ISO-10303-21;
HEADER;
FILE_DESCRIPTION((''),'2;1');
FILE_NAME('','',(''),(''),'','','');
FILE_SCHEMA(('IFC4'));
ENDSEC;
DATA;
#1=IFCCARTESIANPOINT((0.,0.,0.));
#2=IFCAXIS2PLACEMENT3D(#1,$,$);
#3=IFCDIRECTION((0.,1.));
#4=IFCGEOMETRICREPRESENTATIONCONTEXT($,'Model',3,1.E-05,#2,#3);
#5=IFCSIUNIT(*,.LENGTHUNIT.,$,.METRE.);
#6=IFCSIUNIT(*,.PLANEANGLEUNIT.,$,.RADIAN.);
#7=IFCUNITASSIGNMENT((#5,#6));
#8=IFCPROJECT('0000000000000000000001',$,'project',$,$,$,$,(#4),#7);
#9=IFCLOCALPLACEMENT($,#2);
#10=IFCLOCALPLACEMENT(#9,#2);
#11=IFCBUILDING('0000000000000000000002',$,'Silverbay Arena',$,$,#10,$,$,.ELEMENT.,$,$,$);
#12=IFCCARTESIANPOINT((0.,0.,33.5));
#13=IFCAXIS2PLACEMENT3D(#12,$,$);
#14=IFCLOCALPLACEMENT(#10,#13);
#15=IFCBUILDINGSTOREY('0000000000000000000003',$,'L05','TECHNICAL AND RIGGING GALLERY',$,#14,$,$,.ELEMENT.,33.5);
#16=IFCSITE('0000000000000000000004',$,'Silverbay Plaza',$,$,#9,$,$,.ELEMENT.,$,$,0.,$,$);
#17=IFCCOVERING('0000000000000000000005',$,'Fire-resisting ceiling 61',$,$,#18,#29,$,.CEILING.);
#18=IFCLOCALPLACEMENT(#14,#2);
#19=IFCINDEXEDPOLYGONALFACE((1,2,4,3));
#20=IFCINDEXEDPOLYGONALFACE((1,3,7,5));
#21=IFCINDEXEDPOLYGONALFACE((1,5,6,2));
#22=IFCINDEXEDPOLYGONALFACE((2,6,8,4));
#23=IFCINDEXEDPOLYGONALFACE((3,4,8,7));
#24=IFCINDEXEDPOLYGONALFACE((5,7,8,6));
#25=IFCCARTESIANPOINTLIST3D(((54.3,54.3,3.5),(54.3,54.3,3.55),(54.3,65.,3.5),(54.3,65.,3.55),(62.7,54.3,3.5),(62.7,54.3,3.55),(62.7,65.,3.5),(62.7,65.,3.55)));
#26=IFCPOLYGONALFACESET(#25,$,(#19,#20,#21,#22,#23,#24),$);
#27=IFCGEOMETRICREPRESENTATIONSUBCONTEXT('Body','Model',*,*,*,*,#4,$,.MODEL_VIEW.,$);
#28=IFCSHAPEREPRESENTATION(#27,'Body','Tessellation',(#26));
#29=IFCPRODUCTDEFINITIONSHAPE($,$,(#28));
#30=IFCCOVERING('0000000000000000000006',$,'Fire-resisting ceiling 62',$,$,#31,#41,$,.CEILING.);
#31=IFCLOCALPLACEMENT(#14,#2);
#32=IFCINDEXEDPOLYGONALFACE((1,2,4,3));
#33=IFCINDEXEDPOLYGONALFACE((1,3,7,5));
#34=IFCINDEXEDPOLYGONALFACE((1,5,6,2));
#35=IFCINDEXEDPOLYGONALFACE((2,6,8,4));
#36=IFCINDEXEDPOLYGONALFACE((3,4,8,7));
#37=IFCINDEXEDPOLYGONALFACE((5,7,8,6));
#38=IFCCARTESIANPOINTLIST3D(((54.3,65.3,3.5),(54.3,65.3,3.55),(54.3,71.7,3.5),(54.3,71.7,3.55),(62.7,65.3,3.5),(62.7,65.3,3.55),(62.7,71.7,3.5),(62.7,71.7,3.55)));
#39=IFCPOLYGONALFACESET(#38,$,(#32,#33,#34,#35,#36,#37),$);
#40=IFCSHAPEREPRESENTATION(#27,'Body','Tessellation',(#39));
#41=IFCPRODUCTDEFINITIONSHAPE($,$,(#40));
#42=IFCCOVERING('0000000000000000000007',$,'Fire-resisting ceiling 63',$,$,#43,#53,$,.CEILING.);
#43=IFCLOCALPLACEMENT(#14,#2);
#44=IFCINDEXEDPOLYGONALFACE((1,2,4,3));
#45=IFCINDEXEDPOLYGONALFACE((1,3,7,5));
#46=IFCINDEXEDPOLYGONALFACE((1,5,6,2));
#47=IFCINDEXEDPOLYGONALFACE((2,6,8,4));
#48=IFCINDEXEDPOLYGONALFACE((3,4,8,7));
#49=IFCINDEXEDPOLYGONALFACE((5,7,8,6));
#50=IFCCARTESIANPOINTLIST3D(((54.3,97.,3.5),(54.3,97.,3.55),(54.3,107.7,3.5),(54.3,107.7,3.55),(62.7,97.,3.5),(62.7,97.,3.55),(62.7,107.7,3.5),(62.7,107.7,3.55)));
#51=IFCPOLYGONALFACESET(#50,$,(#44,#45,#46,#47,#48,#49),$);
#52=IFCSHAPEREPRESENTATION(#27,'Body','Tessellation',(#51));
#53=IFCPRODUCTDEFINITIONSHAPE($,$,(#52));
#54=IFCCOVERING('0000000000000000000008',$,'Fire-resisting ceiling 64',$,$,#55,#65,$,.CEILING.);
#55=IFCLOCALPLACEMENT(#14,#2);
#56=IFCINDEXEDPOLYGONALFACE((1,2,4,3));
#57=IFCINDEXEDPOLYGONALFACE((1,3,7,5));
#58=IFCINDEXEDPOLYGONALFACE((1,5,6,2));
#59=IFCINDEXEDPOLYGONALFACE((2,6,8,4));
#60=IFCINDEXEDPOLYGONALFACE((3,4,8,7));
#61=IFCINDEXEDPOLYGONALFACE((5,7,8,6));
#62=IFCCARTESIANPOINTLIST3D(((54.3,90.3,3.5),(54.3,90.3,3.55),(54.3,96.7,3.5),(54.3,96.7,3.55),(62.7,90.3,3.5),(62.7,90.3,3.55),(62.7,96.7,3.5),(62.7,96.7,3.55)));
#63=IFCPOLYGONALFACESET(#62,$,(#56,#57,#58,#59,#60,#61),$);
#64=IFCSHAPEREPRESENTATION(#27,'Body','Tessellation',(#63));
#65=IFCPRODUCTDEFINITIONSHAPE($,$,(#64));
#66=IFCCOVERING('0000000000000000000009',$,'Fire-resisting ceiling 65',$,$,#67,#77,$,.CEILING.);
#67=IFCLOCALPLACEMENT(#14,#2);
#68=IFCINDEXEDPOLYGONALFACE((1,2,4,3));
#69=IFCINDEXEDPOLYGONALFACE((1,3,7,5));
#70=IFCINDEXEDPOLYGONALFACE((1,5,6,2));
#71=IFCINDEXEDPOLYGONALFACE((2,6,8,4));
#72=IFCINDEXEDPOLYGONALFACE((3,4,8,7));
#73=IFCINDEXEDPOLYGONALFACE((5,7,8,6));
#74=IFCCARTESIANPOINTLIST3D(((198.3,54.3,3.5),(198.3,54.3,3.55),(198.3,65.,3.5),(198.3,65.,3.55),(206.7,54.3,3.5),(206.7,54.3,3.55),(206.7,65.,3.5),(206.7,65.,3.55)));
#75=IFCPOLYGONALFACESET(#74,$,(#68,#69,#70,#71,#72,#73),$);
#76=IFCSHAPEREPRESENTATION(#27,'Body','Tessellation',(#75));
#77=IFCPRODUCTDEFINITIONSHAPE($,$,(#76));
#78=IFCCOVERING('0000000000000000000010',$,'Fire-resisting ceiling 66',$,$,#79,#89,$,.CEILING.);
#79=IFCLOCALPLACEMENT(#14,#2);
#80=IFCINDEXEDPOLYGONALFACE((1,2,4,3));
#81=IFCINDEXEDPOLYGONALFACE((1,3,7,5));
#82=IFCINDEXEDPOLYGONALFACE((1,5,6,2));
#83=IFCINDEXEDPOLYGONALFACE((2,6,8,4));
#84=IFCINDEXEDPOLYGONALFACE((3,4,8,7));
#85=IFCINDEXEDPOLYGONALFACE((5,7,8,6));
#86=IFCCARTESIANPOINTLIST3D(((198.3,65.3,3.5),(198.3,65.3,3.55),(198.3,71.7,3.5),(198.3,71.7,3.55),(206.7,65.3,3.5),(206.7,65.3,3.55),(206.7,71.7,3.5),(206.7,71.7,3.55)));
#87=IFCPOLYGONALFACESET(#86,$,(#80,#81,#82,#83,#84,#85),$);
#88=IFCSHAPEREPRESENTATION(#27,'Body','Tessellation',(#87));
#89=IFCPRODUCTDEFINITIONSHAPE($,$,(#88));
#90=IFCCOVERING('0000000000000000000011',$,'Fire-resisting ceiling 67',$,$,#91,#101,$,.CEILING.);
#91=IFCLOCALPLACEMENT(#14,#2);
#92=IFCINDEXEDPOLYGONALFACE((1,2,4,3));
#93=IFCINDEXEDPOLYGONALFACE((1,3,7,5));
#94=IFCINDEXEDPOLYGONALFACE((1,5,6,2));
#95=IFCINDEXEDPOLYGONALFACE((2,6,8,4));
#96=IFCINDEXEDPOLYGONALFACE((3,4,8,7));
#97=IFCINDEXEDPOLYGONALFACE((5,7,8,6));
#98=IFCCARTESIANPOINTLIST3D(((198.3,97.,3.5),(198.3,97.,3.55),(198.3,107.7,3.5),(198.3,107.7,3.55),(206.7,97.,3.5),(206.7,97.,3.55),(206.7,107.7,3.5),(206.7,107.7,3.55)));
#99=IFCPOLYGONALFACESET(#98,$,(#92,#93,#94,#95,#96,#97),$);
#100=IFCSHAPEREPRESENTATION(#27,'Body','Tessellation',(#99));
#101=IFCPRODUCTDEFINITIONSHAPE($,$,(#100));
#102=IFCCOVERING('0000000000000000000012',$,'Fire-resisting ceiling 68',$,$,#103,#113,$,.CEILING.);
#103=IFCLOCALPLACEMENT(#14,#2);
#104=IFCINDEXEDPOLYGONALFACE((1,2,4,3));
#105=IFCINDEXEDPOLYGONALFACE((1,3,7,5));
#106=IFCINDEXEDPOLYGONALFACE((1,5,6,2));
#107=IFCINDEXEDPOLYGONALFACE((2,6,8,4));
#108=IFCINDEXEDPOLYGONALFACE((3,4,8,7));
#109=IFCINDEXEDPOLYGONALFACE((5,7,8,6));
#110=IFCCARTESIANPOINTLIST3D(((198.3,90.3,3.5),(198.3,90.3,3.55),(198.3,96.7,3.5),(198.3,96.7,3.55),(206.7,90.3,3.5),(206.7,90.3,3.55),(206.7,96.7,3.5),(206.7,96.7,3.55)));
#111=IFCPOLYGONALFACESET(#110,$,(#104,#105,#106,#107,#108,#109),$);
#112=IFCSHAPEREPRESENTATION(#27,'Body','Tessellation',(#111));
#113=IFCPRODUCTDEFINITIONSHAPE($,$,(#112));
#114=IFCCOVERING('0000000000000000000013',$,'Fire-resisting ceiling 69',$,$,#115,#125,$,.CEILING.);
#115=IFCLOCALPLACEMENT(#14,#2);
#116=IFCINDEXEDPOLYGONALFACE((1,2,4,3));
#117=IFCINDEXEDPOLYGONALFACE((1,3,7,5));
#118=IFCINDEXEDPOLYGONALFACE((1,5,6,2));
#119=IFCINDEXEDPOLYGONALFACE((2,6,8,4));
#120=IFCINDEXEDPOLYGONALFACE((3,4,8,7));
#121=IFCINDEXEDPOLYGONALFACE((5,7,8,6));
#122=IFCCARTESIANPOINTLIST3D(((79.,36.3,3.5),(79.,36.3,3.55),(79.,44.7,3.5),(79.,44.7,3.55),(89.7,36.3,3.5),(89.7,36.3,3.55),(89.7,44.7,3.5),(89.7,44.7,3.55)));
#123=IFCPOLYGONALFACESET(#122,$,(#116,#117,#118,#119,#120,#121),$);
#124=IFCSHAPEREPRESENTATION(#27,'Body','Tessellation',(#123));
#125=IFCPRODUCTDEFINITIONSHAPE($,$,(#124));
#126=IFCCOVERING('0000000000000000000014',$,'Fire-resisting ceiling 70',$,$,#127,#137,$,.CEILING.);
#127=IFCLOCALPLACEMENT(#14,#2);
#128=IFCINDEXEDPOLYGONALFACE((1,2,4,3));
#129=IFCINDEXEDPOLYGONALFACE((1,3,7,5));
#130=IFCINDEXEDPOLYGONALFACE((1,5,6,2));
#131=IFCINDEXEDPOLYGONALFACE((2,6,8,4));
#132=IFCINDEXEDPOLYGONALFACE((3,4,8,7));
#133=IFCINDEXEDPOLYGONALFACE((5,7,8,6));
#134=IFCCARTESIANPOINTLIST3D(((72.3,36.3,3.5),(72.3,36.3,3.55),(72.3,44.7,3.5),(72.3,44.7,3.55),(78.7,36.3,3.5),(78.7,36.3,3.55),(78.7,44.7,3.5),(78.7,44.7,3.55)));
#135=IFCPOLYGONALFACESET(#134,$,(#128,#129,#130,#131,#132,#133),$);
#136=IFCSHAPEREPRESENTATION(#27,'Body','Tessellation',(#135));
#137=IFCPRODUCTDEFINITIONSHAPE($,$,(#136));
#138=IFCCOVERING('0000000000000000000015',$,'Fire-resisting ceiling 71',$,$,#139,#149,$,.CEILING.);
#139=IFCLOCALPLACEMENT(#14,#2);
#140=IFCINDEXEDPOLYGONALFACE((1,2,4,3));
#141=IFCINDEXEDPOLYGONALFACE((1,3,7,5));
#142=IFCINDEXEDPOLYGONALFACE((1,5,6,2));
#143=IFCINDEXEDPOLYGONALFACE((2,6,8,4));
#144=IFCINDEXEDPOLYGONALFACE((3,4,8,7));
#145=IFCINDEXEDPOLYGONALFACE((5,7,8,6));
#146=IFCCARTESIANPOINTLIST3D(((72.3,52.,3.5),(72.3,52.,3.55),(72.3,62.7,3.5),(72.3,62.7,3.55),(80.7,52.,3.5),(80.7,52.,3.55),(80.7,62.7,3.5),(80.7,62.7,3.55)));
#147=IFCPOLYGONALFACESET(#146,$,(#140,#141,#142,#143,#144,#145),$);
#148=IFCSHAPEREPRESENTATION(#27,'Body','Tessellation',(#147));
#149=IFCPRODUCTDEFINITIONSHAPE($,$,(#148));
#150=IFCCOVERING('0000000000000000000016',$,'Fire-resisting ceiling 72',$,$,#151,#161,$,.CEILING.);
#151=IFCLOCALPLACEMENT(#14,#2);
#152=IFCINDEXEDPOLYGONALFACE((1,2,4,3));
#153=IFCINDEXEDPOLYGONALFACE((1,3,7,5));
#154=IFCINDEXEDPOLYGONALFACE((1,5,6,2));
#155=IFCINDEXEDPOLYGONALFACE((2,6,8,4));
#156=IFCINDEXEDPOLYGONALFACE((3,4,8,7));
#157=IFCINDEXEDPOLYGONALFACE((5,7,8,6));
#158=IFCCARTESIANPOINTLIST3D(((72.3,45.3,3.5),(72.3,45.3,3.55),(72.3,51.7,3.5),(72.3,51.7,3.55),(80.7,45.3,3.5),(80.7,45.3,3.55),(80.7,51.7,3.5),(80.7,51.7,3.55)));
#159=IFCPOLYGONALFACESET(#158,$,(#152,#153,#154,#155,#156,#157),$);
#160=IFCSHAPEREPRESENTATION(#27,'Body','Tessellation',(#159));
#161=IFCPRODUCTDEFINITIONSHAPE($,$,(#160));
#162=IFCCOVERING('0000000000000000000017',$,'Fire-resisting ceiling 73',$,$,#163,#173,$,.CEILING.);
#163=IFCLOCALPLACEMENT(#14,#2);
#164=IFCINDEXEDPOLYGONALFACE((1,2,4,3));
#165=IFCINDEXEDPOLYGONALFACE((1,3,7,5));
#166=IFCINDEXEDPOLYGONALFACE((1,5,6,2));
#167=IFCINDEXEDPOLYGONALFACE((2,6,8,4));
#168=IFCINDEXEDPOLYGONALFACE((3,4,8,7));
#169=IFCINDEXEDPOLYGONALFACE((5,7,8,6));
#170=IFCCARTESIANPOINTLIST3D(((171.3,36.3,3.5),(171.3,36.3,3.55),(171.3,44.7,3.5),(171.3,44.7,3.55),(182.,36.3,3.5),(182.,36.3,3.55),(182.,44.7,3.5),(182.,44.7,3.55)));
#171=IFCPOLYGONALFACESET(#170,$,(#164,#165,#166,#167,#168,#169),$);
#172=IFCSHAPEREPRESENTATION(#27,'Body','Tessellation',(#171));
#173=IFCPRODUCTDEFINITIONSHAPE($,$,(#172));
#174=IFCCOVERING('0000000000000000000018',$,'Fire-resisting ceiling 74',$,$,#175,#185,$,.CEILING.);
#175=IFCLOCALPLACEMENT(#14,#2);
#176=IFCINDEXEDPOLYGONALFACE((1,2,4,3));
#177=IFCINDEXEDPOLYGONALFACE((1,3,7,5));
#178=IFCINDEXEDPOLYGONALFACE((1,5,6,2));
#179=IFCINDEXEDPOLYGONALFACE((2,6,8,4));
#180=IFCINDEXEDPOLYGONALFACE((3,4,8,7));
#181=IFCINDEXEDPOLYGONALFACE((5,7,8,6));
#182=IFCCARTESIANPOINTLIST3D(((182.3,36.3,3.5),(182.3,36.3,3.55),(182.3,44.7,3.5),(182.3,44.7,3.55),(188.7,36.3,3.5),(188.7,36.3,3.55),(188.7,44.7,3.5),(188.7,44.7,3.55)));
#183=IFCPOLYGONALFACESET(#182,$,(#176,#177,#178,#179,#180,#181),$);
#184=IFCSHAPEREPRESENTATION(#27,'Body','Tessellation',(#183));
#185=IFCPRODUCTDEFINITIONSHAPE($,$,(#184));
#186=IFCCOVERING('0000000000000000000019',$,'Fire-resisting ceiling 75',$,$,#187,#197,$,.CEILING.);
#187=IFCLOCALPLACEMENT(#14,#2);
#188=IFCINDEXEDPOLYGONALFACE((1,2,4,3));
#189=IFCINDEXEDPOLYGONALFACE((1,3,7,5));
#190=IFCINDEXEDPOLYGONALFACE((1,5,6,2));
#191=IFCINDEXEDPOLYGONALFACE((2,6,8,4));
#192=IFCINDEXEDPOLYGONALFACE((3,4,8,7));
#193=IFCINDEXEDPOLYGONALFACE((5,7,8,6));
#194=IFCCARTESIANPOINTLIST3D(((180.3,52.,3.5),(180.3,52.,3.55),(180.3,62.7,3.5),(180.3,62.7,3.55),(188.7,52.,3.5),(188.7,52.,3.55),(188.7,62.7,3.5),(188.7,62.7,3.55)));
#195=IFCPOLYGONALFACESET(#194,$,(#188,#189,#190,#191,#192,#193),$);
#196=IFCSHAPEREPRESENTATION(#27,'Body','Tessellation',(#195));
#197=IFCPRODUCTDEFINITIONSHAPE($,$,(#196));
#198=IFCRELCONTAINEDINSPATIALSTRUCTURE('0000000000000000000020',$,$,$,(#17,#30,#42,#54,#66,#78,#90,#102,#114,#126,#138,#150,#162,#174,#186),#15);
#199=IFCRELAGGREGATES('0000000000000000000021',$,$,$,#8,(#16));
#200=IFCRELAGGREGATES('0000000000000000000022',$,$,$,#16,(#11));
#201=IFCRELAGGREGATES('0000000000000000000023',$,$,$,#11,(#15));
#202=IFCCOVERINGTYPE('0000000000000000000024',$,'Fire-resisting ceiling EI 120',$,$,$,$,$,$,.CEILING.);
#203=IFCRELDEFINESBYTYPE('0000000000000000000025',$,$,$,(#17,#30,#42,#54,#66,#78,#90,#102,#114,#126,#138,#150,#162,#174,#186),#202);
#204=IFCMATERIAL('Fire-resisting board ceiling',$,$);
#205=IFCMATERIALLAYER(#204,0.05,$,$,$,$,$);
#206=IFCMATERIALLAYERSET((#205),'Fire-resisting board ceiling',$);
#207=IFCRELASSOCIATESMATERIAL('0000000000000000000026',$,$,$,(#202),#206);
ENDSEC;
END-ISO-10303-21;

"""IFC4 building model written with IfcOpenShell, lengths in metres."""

from ifc_helpers import new_model, si_unit, direction, frame, origin, place, context, subcontext, project, spatial, polyline, outline, extrude, material, layer, layer_set, type_object, element, save


model = new_model("IFC4")

# Units and contexts
model_context = context("Model", 3, precision=1e-05, world=origin(), true_north=direction((0.0, 1.0)))
body_context = subcontext(model_context, "Body", "Model", "MODEL_VIEW")
ifc_project = project(units=[si_unit("LENGTHUNIT", "METRE"), si_unit("PLANEANGLEUNIT", "RADIAN")], contexts=[model_context])

# Site, building, storey
site_placement = place(None, origin())
site = spatial("IfcSite", under=ifc_project, at=site_placement, Name="Silverbay Plaza", CompositionType="ELEMENT", RefElevation=0.0)
building_placement = place(site_placement, origin())
building = spatial("IfcBuilding", under=site, at=building_placement, Name="Silverbay Arena", CompositionType="ELEMENT")
storey_placement = place(building_placement, frame((0.0, 0.0, 33.5)))
storey = spatial("IfcBuildingStorey", under=building, at=storey_placement, Name="L05", Description="TECHNICAL AND RIGGING GALLERY", CompositionType="ELEMENT", Elevation=33.5)

# Coverings
ifc_material_1 = material(Name="Fire-resisting board ceiling")
ifc_layer_1 = layer(ifc_material_1, 0.05)
ifc_layer_set_1 = layer_set([ifc_layer_1], Name="Fire-resisting board ceiling")
covering_type = type_object("IfcCoveringType", Name="Fire-resisting ceiling EI 120", PredefinedType="CEILING", material=ifc_layer_set_1)
covering_1_placement = place(storey_placement, frame((0.0, 0.0, 3.5)))
element("IfcCovering", 1, at=covering_1_placement, inside=storey, type_object=covering_type, Name="Fire-resisting ceiling 61", PredefinedType="CEILING", context=body_context, shape_type="SweptSolid", body=[
    extrude(outline(polyline([(54.3, 54.3), (62.7, 54.3), (62.7, 65.0), (54.3, 65.0), (54.3, 54.3)])), origin(), (0.0, 0.0, 1.0), 0.05),
])
covering_2_placement = place(storey_placement, frame((0.0, 0.0, 3.5)))
element("IfcCovering", 2, at=covering_2_placement, inside=storey, type_object=covering_type, Name="Fire-resisting ceiling 62", PredefinedType="CEILING", context=body_context, shape_type="SweptSolid", body=[
    extrude(outline(polyline([(54.3, 65.3), (62.7, 65.3), (62.7, 71.7), (54.3, 71.7), (54.3, 65.3)])), origin(), (0.0, 0.0, 1.0), 0.05),
])
covering_3_placement = place(storey_placement, frame((0.0, 0.0, 3.5)))
element("IfcCovering", 3, at=covering_3_placement, inside=storey, type_object=covering_type, Name="Fire-resisting ceiling 63", PredefinedType="CEILING", context=body_context, shape_type="SweptSolid", body=[
    extrude(outline(polyline([(62.7, 97.0), (62.7, 107.7), (54.3, 107.7), (54.3, 97.0), (62.7, 97.0)])), origin(), (0.0, 0.0, 1.0), 0.05),
])
covering_4_placement = place(storey_placement, frame((0.0, 0.0, 3.5)))
element("IfcCovering", 4, at=covering_4_placement, inside=storey, type_object=covering_type, Name="Fire-resisting ceiling 64", PredefinedType="CEILING", context=body_context, shape_type="SweptSolid", body=[
    extrude(outline(polyline([(62.7, 90.3), (62.7, 96.7), (54.3, 96.7), (54.3, 90.3), (62.7, 90.3)])), origin(), (0.0, 0.0, 1.0), 0.05),
])
covering_5_placement = place(storey_placement, frame((0.0, 0.0, 3.5)))
element("IfcCovering", 5, at=covering_5_placement, inside=storey, type_object=covering_type, Name="Fire-resisting ceiling 65", PredefinedType="CEILING", context=body_context, shape_type="SweptSolid", body=[
    extrude(outline(polyline([(198.3, 54.3), (206.7, 54.3), (206.7, 65.0), (198.3, 65.0), (198.3, 54.3)])), origin(), (0.0, 0.0, 1.0), 0.05),
])
covering_6_placement = place(storey_placement, frame((0.0, 0.0, 3.5)))
element("IfcCovering", 6, at=covering_6_placement, inside=storey, type_object=covering_type, Name="Fire-resisting ceiling 66", PredefinedType="CEILING", context=body_context, shape_type="SweptSolid", body=[
    extrude(outline(polyline([(198.3, 65.3), (206.7, 65.3), (206.7, 71.7), (198.3, 71.7), (198.3, 65.3)])), origin(), (0.0, 0.0, 1.0), 0.05),
])
covering_7_placement = place(storey_placement, frame((0.0, 0.0, 3.5)))
element("IfcCovering", 7, at=covering_7_placement, inside=storey, type_object=covering_type, Name="Fire-resisting ceiling 67", PredefinedType="CEILING", context=body_context, shape_type="SweptSolid", body=[
    extrude(outline(polyline([(206.7, 97.0), (206.7, 107.7), (198.3, 107.7), (198.3, 97.0), (206.7, 97.0)])), origin(), (0.0, 0.0, 1.0), 0.05),
])
covering_8_placement = place(storey_placement, frame((0.0, 0.0, 3.5)))
element("IfcCovering", 8, at=covering_8_placement, inside=storey, type_object=covering_type, Name="Fire-resisting ceiling 68", PredefinedType="CEILING", context=body_context, shape_type="SweptSolid", body=[
    extrude(outline(polyline([(206.7, 90.3), (206.7, 96.7), (198.3, 96.7), (198.3, 90.3), (206.7, 90.3)])), origin(), (0.0, 0.0, 1.0), 0.05),
])
covering_9_placement = place(storey_placement, frame((0.0, 0.0, 3.5)))
element("IfcCovering", 9, at=covering_9_placement, inside=storey, type_object=covering_type, Name="Fire-resisting ceiling 69", PredefinedType="CEILING", context=body_context, shape_type="SweptSolid", body=[
    extrude(outline(polyline([(89.7, 36.3), (89.7, 44.7), (79.0, 44.7), (79.0, 36.3), (89.7, 36.3)])), origin(), (0.0, 0.0, 1.0), 0.05),
])
covering_10_placement = place(storey_placement, frame((0.0, 0.0, 3.5)))
element("IfcCovering", 10, at=covering_10_placement, inside=storey, type_object=covering_type, Name="Fire-resisting ceiling 70", PredefinedType="CEILING", context=body_context, shape_type="SweptSolid", body=[
    extrude(outline(polyline([(72.3, 36.3), (78.7, 36.3), (78.7, 44.7), (72.3, 44.7), (72.3, 36.3)])), origin(), (0.0, 0.0, 1.0), 0.05),
])
covering_11_placement = place(storey_placement, frame((0.0, 0.0, 3.5)))
element("IfcCovering", 11, at=covering_11_placement, inside=storey, type_object=covering_type, Name="Fire-resisting ceiling 71", PredefinedType="CEILING", context=body_context, shape_type="SweptSolid", body=[
    extrude(outline(polyline([(80.7, 52.0), (80.7, 62.7), (72.3, 62.7), (72.3, 52.0), (80.7, 52.0)])), origin(), (0.0, 0.0, 1.0), 0.05),
])
covering_12_placement = place(storey_placement, frame((0.0, 0.0, 3.5)))
element("IfcCovering", 12, at=covering_12_placement, inside=storey, type_object=covering_type, Name="Fire-resisting ceiling 72", PredefinedType="CEILING", context=body_context, shape_type="SweptSolid", body=[
    extrude(outline(polyline([(80.7, 45.3), (80.7, 51.7), (72.3, 51.7), (72.3, 45.3), (80.7, 45.3)])), origin(), (0.0, 0.0, 1.0), 0.05),
])
covering_13_placement = place(storey_placement, frame((0.0, 0.0, 3.5)))
element("IfcCovering", 13, at=covering_13_placement, inside=storey, type_object=covering_type, Name="Fire-resisting ceiling 73", PredefinedType="CEILING", context=body_context, shape_type="SweptSolid", body=[
    extrude(outline(polyline([(171.3, 36.3), (182.0, 36.3), (182.0, 44.7), (171.3, 44.7), (171.3, 36.3)])), origin(), (0.0, 0.0, 1.0), 0.05),
])
covering_14_placement = place(storey_placement, frame((0.0, 0.0, 3.5)))
element("IfcCovering", 14, at=covering_14_placement, inside=storey, type_object=covering_type, Name="Fire-resisting ceiling 74", PredefinedType="CEILING", context=body_context, shape_type="SweptSolid", body=[
    extrude(outline(polyline([(188.7, 36.3), (188.7, 44.7), (182.3, 44.7), (182.3, 36.3), (188.7, 36.3)])), origin(), (0.0, 0.0, 1.0), 0.05),
])
covering_15_placement = place(storey_placement, frame((0.0, 0.0, 3.5)))
element("IfcCovering", 15, at=covering_15_placement, inside=storey, type_object=covering_type, Name="Fire-resisting ceiling 75", PredefinedType="CEILING", context=body_context, shape_type="SweptSolid", body=[
    extrude(outline(polyline([(188.7, 52.0), (188.7, 62.7), (180.3, 62.7), (180.3, 52.0), (188.7, 52.0)])), origin(), (0.0, 0.0, 1.0), 0.05),
])

save(model, "model.ifc")
